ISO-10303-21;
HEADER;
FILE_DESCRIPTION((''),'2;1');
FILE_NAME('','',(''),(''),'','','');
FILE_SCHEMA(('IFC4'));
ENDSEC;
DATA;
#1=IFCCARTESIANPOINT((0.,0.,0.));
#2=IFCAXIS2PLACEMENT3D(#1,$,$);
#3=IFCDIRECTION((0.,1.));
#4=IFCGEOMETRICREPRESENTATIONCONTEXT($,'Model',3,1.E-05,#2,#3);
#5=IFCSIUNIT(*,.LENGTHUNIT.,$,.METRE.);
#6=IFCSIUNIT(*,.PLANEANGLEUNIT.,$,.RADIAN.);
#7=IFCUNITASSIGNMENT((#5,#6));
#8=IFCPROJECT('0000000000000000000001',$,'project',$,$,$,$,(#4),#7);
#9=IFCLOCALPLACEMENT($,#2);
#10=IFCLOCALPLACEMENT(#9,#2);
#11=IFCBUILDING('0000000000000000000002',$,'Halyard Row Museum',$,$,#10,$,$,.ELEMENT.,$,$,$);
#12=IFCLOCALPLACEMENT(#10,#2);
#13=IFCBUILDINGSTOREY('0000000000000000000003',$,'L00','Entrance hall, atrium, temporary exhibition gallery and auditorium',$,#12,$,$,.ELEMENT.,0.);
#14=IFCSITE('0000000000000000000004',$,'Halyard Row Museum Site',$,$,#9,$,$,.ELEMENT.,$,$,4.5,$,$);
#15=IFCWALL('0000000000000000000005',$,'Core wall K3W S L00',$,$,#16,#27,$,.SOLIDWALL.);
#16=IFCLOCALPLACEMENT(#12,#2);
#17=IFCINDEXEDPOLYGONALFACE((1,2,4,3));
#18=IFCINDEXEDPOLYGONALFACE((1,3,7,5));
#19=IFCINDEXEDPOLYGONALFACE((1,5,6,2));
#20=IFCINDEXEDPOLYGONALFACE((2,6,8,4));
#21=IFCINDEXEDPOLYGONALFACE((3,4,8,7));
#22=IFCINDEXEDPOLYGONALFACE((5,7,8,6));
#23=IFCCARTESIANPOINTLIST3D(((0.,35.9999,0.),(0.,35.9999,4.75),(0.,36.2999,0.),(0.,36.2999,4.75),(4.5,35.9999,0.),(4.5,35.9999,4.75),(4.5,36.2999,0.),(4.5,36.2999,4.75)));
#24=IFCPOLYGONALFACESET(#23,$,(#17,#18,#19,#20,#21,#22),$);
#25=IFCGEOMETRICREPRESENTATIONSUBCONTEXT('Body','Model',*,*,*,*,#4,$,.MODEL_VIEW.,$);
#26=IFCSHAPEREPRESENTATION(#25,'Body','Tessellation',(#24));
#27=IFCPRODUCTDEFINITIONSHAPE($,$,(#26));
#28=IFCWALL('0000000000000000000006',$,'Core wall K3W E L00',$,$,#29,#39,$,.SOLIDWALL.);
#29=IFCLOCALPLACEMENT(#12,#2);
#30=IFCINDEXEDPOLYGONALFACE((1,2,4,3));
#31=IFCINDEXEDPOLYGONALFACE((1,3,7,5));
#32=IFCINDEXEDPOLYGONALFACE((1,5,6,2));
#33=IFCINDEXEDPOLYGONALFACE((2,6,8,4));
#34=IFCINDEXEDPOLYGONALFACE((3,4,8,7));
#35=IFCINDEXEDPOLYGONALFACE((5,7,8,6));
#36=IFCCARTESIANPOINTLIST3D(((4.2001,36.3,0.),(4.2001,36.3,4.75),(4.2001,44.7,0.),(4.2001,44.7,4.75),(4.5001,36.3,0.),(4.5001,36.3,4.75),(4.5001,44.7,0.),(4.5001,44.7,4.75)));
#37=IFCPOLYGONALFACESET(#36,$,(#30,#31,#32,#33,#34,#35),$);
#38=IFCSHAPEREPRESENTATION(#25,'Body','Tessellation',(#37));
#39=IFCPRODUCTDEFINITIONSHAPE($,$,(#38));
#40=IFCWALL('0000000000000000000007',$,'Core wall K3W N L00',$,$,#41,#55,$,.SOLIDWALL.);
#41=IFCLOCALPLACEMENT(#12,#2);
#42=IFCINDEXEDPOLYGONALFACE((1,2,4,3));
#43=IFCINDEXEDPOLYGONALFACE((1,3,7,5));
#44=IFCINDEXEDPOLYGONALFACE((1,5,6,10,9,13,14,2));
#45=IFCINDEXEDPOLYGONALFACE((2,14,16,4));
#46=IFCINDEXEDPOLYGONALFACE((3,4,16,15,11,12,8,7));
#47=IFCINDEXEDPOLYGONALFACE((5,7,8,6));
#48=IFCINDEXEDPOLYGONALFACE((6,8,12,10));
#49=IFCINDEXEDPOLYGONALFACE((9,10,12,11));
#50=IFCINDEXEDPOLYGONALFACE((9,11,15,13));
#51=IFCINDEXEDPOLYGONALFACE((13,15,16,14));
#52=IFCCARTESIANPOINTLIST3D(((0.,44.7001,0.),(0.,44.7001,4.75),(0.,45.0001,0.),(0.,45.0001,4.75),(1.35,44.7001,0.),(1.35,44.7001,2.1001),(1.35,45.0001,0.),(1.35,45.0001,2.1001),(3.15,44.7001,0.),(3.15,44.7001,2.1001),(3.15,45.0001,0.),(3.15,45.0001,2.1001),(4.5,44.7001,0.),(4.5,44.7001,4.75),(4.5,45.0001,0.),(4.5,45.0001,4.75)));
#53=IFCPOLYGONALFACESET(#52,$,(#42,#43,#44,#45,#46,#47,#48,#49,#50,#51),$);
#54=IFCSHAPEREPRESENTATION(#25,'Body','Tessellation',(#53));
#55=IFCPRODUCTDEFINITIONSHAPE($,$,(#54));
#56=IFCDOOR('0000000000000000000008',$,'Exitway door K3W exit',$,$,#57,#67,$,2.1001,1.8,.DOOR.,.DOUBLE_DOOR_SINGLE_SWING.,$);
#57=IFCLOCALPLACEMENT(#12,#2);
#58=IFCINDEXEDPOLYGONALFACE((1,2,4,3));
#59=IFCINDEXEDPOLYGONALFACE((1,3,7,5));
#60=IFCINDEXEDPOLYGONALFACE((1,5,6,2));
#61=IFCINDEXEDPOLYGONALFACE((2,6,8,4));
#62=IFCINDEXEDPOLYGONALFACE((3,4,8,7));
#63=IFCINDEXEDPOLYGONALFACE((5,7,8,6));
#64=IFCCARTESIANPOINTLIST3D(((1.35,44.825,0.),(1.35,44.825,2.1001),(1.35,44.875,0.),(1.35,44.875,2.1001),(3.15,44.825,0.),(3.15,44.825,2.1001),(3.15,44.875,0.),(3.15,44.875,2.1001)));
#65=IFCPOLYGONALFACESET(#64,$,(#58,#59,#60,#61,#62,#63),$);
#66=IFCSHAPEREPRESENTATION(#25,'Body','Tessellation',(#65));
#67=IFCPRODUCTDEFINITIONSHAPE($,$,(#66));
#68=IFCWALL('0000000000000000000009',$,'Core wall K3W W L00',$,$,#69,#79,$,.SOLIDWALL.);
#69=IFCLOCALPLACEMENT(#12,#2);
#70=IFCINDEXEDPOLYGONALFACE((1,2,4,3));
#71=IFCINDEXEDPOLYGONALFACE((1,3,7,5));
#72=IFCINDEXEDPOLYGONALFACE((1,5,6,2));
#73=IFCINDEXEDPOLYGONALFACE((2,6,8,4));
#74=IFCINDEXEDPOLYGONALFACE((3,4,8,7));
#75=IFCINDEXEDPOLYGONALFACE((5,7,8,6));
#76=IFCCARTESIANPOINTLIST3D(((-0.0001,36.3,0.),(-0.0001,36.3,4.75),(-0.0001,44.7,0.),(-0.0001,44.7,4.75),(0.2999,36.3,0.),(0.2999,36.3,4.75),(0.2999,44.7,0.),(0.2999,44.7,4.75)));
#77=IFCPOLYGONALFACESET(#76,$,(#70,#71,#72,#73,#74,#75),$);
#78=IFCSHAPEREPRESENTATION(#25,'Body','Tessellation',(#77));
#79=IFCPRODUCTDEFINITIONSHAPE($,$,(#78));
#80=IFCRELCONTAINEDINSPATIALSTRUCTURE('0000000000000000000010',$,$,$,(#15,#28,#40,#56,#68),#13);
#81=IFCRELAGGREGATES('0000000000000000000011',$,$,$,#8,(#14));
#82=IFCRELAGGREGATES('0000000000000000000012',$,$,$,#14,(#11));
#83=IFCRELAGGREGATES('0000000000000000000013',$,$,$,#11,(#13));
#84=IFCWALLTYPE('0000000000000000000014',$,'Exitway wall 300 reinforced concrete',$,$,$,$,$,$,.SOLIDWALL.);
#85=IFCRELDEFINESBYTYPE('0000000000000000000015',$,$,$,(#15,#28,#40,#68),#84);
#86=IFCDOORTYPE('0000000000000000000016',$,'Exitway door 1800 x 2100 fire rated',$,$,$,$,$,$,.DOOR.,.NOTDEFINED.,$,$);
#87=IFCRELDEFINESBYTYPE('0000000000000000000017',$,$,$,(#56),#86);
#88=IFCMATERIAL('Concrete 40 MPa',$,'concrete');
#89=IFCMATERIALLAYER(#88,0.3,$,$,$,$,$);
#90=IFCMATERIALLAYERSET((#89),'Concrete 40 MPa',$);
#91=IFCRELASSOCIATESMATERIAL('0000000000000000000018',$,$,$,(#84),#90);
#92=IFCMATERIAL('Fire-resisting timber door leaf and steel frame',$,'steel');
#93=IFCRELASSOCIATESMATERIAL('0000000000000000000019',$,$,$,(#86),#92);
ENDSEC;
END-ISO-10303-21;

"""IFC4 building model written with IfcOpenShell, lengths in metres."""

from ifc_helpers import new_model, si_unit, direction, frame, frame_2d, origin, place, context, subcontext, project, spatial, rectangle, extrude, material, layer, layer_set, type_object, element, fill, save


model = new_model("IFC4")

# Units and contexts
model_context = context("Model", 3, precision=1e-05, world=origin(), true_north=direction((0.0, 1.0)))
body_context = subcontext(model_context, "Body", "Model", "MODEL_VIEW")
ifc_project = project(units=[si_unit("LENGTHUNIT", "METRE"), si_unit("PLANEANGLEUNIT", "RADIAN")], contexts=[model_context])

# Site, building, storey
site_placement = place(None, origin())
site = spatial("IfcSite", under=ifc_project, at=site_placement, Name="Halyard Row Museum Site", CompositionType="ELEMENT", RefElevation=4.5)
building_placement = place(site_placement, origin())
building = spatial("IfcBuilding", under=site, at=building_placement, Name="Halyard Row Museum", CompositionType="ELEMENT")
storey_placement = place(building_placement, origin())
storey = spatial("IfcBuildingStorey", under=building, at=storey_placement, Name="L00", Description="Entrance hall, atrium, temporary exhibition gallery and auditorium", CompositionType="ELEMENT", Elevation=0.0)

# Shared definitions
ifc_material_1 = material(Name="Concrete 40 MPa", Category="concrete")
ifc_layer_1 = layer(ifc_material_1, 0.3)
ifc_layer_set_1 = layer_set([ifc_layer_1], Name="Concrete 40 MPa")
wall_type_1 = type_object("IfcWallType", Name="Exitway wall 300 reinforced concrete", PredefinedType="SOLIDWALL", material=ifc_layer_set_1)

# Shared definitions
ifc_material_2 = material(Name="Fire-resisting timber door leaf and steel frame", Category="steel")
door_type = type_object("IfcDoorType", Name="Exitway door 1800 x 2100 fire rated", OperationType="NOTDEFINED", PredefinedType="DOOR", material=ifc_material_2)

# Walls
wall_1_placement = place(storey_placement, frame((0.0, 36.1499, 0.0), z_axis=(0.0, 0.0, 1.0), x_axis=(1.0, 0.0, 0.0)))
element("IfcWall", 1, at=wall_1_placement, inside=storey, type_object=wall_type_1, Name="Core wall K3W S L00", PredefinedType="SOLIDWALL", context=body_context, shape_type="SweptSolid", body=[
    extrude(rectangle(XDim=4.5, YDim=0.3, at=frame_2d((2.25, 0.0))), origin(), (0.0, 0.0, 1.0), 4.75),
])
wall_2_placement = place(storey_placement, frame((4.3501, 36.3, 0.0), z_axis=(0.0, 0.0, 1.0), x_axis=(0.0, 1.0, 0.0)))
element("IfcWall", 2, at=wall_2_placement, inside=storey, type_object=wall_type_1, Name="Core wall K3W E L00", PredefinedType="SOLIDWALL", context=body_context, shape_type="SweptSolid", body=[
    extrude(rectangle(XDim=8.3999, YDim=0.3, at=frame_2d((4.2, 0.0))), origin(), (0.0, 0.0, 1.0), 4.75),
])

# Wall, opening, door
wall_3_placement = place(storey_placement, frame((0.0, 44.8501, 0.0), z_axis=(0.0, 0.0, 1.0), x_axis=(1.0, 0.0, 0.0)))
wall_3 = element("IfcWall", 3, at=wall_3_placement, inside=storey, type_object=wall_type_1, Name="Core wall K3W N L00", PredefinedType="SOLIDWALL", context=body_context, shape_type="SweptSolid", body=[
    extrude(rectangle(XDim=4.5, YDim=0.3, at=frame_2d((2.25, 0.0))), origin(), (0.0, 0.0, 1.0), 4.75),
])
opening_1_placement = place(wall_3_placement, frame((1.3501, 0.0, 0.0)))
opening_1 = element("IfcOpeningElement", 4, at=opening_1_placement, cuts=wall_3, PredefinedType="OPENING", context=body_context, shape_type="SweptSolid", body=[
    extrude(rectangle(XDim=1.8, YDim=2.1001, at=frame_2d((0.8999, 1.05))), frame((0.0, 0.1599, 0.0), z_axis=(0.0, -1.0, 0.0), x_axis=(1.0, 0.0, 0.0)), (0.0, 0.0, 1.0), 0.3201),
])
door_1_placement = place(opening_1_placement, origin())
door_1 = element("IfcDoor", 5, at=door_1_placement, inside=storey, type_object=door_type, Name="Exitway door K3W exit", OperationType="DOUBLE_DOOR_SINGLE_SWING", OverallHeight=2.1001, OverallWidth=1.8, PredefinedType="DOOR", context=body_context, shape_type="SweptSolid", body=[
    extrude(rectangle(XDim=1.8, YDim=2.1001, at=frame_2d((0.8999, 1.05))), frame((0.0, 0.0249, 0.0), z_axis=(0.0, -1.0, 0.0), x_axis=(1.0, 0.0, 0.0)), (0.0, 0.0, 1.0), 0.05),
])
fill(opening_1, door_1)

# Wall
wall_4_placement = place(storey_placement, frame((0.1499, 36.3, 0.0), z_axis=(0.0, 0.0, 1.0), x_axis=(0.0, 1.0, 0.0)))
element("IfcWall", 6, at=wall_4_placement, inside=storey, type_object=wall_type_1, Name="Core wall K3W W L00", PredefinedType="SOLIDWALL", context=body_context, shape_type="SweptSolid", body=[
    extrude(rectangle(XDim=8.3999, YDim=0.3, at=frame_2d((4.2, 0.0))), origin(), (0.0, 0.0, 1.0), 4.75),
])

save(model, "model.ifc")
